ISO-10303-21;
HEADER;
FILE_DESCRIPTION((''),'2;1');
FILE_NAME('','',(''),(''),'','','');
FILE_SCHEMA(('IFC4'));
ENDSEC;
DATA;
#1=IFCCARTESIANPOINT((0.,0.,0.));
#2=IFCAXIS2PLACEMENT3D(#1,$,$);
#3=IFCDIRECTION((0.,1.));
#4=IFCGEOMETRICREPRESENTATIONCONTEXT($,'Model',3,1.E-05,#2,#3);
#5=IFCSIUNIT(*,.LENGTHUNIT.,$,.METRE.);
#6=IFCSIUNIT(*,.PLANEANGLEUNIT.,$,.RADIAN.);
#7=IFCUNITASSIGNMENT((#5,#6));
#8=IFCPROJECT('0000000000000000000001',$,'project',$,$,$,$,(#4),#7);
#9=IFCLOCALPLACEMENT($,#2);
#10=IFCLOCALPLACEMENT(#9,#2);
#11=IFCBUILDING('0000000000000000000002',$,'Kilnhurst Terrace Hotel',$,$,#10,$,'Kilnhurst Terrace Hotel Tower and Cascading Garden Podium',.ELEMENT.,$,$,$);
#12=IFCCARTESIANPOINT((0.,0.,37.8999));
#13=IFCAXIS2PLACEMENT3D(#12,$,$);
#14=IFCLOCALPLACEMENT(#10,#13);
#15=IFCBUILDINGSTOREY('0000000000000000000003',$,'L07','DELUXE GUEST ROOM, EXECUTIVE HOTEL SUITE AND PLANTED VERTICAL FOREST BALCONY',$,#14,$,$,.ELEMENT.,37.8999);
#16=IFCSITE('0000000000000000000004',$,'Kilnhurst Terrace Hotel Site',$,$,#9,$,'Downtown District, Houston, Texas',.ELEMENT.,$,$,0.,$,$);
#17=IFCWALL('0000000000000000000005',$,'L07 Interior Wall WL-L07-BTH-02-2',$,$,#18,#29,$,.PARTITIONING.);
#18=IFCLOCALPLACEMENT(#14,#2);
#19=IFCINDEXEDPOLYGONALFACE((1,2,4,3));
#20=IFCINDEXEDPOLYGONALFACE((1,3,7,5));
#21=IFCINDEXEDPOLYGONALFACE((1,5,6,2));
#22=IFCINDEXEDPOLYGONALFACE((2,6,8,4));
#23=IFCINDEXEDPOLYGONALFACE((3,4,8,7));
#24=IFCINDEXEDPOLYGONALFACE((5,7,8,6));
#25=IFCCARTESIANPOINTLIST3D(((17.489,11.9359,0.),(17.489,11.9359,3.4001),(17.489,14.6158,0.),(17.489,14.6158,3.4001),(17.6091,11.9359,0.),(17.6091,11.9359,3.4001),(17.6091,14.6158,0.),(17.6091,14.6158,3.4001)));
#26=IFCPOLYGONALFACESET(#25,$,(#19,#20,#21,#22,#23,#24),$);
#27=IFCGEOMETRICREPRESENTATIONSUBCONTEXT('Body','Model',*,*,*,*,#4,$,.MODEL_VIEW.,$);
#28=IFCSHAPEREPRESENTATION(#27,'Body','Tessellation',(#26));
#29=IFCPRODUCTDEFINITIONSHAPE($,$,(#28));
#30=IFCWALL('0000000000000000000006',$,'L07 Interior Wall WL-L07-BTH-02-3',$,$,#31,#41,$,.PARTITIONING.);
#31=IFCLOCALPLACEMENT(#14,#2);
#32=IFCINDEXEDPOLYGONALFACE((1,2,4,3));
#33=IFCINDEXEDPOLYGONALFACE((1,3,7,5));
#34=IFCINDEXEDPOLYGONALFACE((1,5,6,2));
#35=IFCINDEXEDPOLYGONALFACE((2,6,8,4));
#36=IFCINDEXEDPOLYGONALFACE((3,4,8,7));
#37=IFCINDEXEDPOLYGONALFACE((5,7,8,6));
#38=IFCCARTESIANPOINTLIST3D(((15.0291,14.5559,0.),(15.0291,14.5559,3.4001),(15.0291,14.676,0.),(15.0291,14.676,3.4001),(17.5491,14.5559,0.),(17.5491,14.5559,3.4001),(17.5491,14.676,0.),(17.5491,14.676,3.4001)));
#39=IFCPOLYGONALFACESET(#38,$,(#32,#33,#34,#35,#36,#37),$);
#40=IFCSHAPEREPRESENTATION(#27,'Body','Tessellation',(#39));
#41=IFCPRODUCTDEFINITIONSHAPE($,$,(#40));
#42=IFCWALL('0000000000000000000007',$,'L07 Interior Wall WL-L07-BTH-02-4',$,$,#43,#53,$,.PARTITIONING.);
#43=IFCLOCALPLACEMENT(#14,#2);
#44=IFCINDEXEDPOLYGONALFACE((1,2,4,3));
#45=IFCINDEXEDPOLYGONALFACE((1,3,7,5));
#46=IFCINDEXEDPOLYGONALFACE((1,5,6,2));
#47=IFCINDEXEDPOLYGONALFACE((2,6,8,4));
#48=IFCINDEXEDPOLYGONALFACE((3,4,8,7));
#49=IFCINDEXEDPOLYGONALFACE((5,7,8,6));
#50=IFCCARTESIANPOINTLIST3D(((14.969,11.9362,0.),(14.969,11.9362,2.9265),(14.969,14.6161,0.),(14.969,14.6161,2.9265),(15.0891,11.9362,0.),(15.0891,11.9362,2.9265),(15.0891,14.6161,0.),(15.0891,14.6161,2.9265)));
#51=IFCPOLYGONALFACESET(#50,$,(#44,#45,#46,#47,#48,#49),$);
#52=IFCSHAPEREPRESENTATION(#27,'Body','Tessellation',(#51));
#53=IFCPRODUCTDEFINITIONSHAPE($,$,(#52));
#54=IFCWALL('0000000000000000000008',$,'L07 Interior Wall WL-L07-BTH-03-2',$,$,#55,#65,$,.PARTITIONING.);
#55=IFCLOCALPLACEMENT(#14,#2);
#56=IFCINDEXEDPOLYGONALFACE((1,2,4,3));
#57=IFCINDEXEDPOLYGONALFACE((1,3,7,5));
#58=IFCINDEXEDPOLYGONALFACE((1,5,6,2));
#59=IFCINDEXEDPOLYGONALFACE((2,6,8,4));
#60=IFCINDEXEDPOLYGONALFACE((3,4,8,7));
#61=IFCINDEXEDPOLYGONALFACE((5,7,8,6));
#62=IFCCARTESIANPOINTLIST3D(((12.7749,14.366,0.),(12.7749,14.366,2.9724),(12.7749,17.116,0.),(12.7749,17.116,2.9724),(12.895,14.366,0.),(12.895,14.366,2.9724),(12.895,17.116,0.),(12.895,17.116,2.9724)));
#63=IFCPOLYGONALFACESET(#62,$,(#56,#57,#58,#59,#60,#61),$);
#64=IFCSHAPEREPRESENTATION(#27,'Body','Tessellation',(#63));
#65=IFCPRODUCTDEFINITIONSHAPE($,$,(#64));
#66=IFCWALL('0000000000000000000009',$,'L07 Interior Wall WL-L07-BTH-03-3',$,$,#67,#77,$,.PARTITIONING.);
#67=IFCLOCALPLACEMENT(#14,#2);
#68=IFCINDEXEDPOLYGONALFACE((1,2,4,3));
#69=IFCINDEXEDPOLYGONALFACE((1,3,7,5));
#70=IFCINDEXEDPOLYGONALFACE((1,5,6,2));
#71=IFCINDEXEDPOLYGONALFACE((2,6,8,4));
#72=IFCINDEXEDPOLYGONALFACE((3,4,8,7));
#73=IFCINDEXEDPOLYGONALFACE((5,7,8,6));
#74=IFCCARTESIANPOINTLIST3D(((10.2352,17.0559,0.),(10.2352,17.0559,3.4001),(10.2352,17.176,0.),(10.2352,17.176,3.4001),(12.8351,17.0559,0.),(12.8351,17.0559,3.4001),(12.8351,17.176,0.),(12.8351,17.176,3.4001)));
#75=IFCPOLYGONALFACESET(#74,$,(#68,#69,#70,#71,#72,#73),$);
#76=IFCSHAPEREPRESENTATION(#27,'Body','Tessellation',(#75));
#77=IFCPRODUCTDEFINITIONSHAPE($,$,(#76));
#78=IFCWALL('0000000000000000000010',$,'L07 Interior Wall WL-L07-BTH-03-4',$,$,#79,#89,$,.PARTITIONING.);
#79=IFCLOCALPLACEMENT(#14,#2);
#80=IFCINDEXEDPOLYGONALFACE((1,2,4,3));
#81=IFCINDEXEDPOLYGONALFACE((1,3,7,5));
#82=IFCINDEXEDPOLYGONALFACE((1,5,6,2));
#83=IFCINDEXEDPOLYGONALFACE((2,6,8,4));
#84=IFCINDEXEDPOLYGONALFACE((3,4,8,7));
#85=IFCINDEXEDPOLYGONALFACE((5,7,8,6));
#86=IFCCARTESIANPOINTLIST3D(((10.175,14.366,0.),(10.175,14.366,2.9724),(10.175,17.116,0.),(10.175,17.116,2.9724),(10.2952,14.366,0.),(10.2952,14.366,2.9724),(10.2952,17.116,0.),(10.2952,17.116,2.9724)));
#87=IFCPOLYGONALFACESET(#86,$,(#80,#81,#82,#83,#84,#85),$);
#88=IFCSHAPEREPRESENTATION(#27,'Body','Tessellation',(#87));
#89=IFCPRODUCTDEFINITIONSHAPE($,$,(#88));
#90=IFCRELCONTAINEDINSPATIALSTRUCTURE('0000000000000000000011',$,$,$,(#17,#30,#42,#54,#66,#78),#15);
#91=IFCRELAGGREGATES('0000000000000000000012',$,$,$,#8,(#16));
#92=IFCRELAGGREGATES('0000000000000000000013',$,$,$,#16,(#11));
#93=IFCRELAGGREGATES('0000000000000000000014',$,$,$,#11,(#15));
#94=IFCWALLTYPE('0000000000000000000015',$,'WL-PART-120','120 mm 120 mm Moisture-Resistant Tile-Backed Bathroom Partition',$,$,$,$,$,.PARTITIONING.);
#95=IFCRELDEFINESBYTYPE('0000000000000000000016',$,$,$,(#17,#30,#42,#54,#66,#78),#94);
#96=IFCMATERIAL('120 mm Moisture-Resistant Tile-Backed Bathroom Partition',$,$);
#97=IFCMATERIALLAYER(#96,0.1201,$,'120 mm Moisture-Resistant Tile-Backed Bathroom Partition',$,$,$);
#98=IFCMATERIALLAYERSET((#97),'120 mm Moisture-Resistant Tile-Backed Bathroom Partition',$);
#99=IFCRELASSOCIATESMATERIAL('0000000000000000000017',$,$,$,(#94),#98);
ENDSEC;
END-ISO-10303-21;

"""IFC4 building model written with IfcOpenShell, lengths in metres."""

from ifc_helpers import new_model, si_unit, direction, frame, frame_2d, origin, place, context, subcontext, project, spatial, rectangle, extrude, material, layer, layer_set, type_object, element, save


model = new_model("IFC4")

# Units and contexts
model_context = context("Model", 3, precision=1e-05, world=origin(), true_north=direction((0.0, 1.0)))
body_context = subcontext(model_context, "Body", "Model", "MODEL_VIEW")
ifc_project = project(units=[si_unit("LENGTHUNIT", "METRE"), si_unit("PLANEANGLEUNIT", "RADIAN")], contexts=[model_context])

# Site, building, storey
site_placement = place(None, origin())
site = spatial("IfcSite", under=ifc_project, at=site_placement, Name="Kilnhurst Terrace Hotel Site", LongName="Downtown District, Houston, Texas", CompositionType="ELEMENT", RefElevation=0.0)
building_placement = place(site_placement, origin())
building = spatial("IfcBuilding", under=site, at=building_placement, Name="Kilnhurst Terrace Hotel", LongName="Kilnhurst Terrace Hotel Tower and Cascading Garden Podium", CompositionType="ELEMENT")
storey_placement = place(building_placement, frame((0.0, 0.0, 37.8999)))
storey = spatial("IfcBuildingStorey", under=building, at=storey_placement, Name="L07", Description="DELUXE GUEST ROOM, EXECUTIVE HOTEL SUITE AND PLANTED VERTICAL FOREST BALCONY", CompositionType="ELEMENT", Elevation=37.8999)

# Shared definitions
ifc_material_1 = material(Name="120 mm Moisture-Resistant Tile-Backed Bathroom Partition")
ifc_layer_1 = layer(ifc_material_1, 0.1201, Name="120 mm Moisture-Resistant Tile-Backed Bathroom Partition")
ifc_layer_set_1 = layer_set([ifc_layer_1], Name="120 mm Moisture-Resistant Tile-Backed Bathroom Partition")
wall_type_1 = type_object("IfcWallType", Name="WL-PART-120", Description="120 mm 120 mm Moisture-Resistant Tile-Backed Bathroom Partition", PredefinedType="PARTITIONING", material=ifc_layer_set_1)

# Walls
wall_1_placement = place(storey_placement, frame((17.5491, 11.936, 0.0), z_axis=(0.0, 0.0, 1.0), x_axis=(0.0, 1.0, 0.0)))
element("IfcWall", 1, at=wall_1_placement, inside=storey, type_object=wall_type_1, Name="L07 Interior Wall WL-L07-BTH-02-2", PredefinedType="PARTITIONING", context=body_context, shape_type="SweptSolid", body=[
    extrude(rectangle(XDim=2.6799, YDim=0.1201, at=frame_2d((1.3398, 0.0))), origin(), (0.0, 0.0, 1.0), 3.4001),
])
wall_2_placement = place(storey_placement, frame((17.5491, 14.616, 0.0), z_axis=(0.0, 0.0, 1.0), x_axis=(-1.0, 0.0, 0.0)))
element("IfcWall", 2, at=wall_2_placement, inside=storey, type_object=wall_type_1, Name="L07 Interior Wall WL-L07-BTH-02-3", PredefinedType="PARTITIONING", context=body_context, shape_type="SweptSolid", body=[
    extrude(rectangle(XDim=2.52, YDim=0.1201, at=frame_2d((1.26, 0.0))), origin(), (0.0, 0.0, 1.0), 3.4001),
])
wall_3_placement = place(storey_placement, frame((15.0291, 14.616, 0.0), z_axis=(0.0, 0.0, 1.0), x_axis=(0.0, -1.0, 0.0)))
element("IfcWall", 3, at=wall_3_placement, inside=storey, type_object=wall_type_1, Name="L07 Interior Wall WL-L07-BTH-02-4", PredefinedType="PARTITIONING", context=body_context, shape_type="SweptSolid", body=[
    extrude(rectangle(XDim=2.6799, YDim=0.1201, at=frame_2d((1.3398, 0.0))), origin(), (0.0, 0.0, 1.0), 2.9265),
])
wall_4_placement = place(storey_placement, frame((12.835, 14.366, 0.0), z_axis=(0.0, 0.0, 1.0), x_axis=(0.0, 1.0, 0.0)))
element("IfcWall", 4, at=wall_4_placement, inside=storey, type_object=wall_type_1, Name="L07 Interior Wall WL-L07-BTH-03-2", PredefinedType="PARTITIONING", context=body_context, shape_type="SweptSolid", body=[
    extrude(rectangle(XDim=2.75, YDim=0.1201, at=frame_2d((1.375, 0.0))), origin(), (0.0, 0.0, 1.0), 2.9724),
])
wall_5_placement = place(storey_placement, frame((12.835, 17.116, 0.0), z_axis=(0.0, 0.0, 1.0), x_axis=(-1.0, 0.0, 0.0)))
element("IfcWall", 5, at=wall_5_placement, inside=storey, type_object=wall_type_1, Name="L07 Interior Wall WL-L07-BTH-03-3", PredefinedType="PARTITIONING", context=body_context, shape_type="SweptSolid", body=[
    extrude(rectangle(XDim=2.5999, YDim=0.1201, at=frame_2d((1.2998, 0.0))), origin(), (0.0, 0.0, 1.0), 3.4001),
])
wall_6_placement = place(storey_placement, frame((10.2351, 17.116, 0.0), z_axis=(0.0, 0.0, 1.0), x_axis=(0.0, -1.0, 0.0)))
element("IfcWall", 6, at=wall_6_placement, inside=storey, type_object=wall_type_1, Name="L07 Interior Wall WL-L07-BTH-03-4", PredefinedType="PARTITIONING", context=body_context, shape_type="SweptSolid", body=[
    extrude(rectangle(XDim=2.75, YDim=0.1201, at=frame_2d((1.375, 0.0))), origin(), (0.0, 0.0, 1.0), 2.9724),
])

save(model, "model.ifc")
